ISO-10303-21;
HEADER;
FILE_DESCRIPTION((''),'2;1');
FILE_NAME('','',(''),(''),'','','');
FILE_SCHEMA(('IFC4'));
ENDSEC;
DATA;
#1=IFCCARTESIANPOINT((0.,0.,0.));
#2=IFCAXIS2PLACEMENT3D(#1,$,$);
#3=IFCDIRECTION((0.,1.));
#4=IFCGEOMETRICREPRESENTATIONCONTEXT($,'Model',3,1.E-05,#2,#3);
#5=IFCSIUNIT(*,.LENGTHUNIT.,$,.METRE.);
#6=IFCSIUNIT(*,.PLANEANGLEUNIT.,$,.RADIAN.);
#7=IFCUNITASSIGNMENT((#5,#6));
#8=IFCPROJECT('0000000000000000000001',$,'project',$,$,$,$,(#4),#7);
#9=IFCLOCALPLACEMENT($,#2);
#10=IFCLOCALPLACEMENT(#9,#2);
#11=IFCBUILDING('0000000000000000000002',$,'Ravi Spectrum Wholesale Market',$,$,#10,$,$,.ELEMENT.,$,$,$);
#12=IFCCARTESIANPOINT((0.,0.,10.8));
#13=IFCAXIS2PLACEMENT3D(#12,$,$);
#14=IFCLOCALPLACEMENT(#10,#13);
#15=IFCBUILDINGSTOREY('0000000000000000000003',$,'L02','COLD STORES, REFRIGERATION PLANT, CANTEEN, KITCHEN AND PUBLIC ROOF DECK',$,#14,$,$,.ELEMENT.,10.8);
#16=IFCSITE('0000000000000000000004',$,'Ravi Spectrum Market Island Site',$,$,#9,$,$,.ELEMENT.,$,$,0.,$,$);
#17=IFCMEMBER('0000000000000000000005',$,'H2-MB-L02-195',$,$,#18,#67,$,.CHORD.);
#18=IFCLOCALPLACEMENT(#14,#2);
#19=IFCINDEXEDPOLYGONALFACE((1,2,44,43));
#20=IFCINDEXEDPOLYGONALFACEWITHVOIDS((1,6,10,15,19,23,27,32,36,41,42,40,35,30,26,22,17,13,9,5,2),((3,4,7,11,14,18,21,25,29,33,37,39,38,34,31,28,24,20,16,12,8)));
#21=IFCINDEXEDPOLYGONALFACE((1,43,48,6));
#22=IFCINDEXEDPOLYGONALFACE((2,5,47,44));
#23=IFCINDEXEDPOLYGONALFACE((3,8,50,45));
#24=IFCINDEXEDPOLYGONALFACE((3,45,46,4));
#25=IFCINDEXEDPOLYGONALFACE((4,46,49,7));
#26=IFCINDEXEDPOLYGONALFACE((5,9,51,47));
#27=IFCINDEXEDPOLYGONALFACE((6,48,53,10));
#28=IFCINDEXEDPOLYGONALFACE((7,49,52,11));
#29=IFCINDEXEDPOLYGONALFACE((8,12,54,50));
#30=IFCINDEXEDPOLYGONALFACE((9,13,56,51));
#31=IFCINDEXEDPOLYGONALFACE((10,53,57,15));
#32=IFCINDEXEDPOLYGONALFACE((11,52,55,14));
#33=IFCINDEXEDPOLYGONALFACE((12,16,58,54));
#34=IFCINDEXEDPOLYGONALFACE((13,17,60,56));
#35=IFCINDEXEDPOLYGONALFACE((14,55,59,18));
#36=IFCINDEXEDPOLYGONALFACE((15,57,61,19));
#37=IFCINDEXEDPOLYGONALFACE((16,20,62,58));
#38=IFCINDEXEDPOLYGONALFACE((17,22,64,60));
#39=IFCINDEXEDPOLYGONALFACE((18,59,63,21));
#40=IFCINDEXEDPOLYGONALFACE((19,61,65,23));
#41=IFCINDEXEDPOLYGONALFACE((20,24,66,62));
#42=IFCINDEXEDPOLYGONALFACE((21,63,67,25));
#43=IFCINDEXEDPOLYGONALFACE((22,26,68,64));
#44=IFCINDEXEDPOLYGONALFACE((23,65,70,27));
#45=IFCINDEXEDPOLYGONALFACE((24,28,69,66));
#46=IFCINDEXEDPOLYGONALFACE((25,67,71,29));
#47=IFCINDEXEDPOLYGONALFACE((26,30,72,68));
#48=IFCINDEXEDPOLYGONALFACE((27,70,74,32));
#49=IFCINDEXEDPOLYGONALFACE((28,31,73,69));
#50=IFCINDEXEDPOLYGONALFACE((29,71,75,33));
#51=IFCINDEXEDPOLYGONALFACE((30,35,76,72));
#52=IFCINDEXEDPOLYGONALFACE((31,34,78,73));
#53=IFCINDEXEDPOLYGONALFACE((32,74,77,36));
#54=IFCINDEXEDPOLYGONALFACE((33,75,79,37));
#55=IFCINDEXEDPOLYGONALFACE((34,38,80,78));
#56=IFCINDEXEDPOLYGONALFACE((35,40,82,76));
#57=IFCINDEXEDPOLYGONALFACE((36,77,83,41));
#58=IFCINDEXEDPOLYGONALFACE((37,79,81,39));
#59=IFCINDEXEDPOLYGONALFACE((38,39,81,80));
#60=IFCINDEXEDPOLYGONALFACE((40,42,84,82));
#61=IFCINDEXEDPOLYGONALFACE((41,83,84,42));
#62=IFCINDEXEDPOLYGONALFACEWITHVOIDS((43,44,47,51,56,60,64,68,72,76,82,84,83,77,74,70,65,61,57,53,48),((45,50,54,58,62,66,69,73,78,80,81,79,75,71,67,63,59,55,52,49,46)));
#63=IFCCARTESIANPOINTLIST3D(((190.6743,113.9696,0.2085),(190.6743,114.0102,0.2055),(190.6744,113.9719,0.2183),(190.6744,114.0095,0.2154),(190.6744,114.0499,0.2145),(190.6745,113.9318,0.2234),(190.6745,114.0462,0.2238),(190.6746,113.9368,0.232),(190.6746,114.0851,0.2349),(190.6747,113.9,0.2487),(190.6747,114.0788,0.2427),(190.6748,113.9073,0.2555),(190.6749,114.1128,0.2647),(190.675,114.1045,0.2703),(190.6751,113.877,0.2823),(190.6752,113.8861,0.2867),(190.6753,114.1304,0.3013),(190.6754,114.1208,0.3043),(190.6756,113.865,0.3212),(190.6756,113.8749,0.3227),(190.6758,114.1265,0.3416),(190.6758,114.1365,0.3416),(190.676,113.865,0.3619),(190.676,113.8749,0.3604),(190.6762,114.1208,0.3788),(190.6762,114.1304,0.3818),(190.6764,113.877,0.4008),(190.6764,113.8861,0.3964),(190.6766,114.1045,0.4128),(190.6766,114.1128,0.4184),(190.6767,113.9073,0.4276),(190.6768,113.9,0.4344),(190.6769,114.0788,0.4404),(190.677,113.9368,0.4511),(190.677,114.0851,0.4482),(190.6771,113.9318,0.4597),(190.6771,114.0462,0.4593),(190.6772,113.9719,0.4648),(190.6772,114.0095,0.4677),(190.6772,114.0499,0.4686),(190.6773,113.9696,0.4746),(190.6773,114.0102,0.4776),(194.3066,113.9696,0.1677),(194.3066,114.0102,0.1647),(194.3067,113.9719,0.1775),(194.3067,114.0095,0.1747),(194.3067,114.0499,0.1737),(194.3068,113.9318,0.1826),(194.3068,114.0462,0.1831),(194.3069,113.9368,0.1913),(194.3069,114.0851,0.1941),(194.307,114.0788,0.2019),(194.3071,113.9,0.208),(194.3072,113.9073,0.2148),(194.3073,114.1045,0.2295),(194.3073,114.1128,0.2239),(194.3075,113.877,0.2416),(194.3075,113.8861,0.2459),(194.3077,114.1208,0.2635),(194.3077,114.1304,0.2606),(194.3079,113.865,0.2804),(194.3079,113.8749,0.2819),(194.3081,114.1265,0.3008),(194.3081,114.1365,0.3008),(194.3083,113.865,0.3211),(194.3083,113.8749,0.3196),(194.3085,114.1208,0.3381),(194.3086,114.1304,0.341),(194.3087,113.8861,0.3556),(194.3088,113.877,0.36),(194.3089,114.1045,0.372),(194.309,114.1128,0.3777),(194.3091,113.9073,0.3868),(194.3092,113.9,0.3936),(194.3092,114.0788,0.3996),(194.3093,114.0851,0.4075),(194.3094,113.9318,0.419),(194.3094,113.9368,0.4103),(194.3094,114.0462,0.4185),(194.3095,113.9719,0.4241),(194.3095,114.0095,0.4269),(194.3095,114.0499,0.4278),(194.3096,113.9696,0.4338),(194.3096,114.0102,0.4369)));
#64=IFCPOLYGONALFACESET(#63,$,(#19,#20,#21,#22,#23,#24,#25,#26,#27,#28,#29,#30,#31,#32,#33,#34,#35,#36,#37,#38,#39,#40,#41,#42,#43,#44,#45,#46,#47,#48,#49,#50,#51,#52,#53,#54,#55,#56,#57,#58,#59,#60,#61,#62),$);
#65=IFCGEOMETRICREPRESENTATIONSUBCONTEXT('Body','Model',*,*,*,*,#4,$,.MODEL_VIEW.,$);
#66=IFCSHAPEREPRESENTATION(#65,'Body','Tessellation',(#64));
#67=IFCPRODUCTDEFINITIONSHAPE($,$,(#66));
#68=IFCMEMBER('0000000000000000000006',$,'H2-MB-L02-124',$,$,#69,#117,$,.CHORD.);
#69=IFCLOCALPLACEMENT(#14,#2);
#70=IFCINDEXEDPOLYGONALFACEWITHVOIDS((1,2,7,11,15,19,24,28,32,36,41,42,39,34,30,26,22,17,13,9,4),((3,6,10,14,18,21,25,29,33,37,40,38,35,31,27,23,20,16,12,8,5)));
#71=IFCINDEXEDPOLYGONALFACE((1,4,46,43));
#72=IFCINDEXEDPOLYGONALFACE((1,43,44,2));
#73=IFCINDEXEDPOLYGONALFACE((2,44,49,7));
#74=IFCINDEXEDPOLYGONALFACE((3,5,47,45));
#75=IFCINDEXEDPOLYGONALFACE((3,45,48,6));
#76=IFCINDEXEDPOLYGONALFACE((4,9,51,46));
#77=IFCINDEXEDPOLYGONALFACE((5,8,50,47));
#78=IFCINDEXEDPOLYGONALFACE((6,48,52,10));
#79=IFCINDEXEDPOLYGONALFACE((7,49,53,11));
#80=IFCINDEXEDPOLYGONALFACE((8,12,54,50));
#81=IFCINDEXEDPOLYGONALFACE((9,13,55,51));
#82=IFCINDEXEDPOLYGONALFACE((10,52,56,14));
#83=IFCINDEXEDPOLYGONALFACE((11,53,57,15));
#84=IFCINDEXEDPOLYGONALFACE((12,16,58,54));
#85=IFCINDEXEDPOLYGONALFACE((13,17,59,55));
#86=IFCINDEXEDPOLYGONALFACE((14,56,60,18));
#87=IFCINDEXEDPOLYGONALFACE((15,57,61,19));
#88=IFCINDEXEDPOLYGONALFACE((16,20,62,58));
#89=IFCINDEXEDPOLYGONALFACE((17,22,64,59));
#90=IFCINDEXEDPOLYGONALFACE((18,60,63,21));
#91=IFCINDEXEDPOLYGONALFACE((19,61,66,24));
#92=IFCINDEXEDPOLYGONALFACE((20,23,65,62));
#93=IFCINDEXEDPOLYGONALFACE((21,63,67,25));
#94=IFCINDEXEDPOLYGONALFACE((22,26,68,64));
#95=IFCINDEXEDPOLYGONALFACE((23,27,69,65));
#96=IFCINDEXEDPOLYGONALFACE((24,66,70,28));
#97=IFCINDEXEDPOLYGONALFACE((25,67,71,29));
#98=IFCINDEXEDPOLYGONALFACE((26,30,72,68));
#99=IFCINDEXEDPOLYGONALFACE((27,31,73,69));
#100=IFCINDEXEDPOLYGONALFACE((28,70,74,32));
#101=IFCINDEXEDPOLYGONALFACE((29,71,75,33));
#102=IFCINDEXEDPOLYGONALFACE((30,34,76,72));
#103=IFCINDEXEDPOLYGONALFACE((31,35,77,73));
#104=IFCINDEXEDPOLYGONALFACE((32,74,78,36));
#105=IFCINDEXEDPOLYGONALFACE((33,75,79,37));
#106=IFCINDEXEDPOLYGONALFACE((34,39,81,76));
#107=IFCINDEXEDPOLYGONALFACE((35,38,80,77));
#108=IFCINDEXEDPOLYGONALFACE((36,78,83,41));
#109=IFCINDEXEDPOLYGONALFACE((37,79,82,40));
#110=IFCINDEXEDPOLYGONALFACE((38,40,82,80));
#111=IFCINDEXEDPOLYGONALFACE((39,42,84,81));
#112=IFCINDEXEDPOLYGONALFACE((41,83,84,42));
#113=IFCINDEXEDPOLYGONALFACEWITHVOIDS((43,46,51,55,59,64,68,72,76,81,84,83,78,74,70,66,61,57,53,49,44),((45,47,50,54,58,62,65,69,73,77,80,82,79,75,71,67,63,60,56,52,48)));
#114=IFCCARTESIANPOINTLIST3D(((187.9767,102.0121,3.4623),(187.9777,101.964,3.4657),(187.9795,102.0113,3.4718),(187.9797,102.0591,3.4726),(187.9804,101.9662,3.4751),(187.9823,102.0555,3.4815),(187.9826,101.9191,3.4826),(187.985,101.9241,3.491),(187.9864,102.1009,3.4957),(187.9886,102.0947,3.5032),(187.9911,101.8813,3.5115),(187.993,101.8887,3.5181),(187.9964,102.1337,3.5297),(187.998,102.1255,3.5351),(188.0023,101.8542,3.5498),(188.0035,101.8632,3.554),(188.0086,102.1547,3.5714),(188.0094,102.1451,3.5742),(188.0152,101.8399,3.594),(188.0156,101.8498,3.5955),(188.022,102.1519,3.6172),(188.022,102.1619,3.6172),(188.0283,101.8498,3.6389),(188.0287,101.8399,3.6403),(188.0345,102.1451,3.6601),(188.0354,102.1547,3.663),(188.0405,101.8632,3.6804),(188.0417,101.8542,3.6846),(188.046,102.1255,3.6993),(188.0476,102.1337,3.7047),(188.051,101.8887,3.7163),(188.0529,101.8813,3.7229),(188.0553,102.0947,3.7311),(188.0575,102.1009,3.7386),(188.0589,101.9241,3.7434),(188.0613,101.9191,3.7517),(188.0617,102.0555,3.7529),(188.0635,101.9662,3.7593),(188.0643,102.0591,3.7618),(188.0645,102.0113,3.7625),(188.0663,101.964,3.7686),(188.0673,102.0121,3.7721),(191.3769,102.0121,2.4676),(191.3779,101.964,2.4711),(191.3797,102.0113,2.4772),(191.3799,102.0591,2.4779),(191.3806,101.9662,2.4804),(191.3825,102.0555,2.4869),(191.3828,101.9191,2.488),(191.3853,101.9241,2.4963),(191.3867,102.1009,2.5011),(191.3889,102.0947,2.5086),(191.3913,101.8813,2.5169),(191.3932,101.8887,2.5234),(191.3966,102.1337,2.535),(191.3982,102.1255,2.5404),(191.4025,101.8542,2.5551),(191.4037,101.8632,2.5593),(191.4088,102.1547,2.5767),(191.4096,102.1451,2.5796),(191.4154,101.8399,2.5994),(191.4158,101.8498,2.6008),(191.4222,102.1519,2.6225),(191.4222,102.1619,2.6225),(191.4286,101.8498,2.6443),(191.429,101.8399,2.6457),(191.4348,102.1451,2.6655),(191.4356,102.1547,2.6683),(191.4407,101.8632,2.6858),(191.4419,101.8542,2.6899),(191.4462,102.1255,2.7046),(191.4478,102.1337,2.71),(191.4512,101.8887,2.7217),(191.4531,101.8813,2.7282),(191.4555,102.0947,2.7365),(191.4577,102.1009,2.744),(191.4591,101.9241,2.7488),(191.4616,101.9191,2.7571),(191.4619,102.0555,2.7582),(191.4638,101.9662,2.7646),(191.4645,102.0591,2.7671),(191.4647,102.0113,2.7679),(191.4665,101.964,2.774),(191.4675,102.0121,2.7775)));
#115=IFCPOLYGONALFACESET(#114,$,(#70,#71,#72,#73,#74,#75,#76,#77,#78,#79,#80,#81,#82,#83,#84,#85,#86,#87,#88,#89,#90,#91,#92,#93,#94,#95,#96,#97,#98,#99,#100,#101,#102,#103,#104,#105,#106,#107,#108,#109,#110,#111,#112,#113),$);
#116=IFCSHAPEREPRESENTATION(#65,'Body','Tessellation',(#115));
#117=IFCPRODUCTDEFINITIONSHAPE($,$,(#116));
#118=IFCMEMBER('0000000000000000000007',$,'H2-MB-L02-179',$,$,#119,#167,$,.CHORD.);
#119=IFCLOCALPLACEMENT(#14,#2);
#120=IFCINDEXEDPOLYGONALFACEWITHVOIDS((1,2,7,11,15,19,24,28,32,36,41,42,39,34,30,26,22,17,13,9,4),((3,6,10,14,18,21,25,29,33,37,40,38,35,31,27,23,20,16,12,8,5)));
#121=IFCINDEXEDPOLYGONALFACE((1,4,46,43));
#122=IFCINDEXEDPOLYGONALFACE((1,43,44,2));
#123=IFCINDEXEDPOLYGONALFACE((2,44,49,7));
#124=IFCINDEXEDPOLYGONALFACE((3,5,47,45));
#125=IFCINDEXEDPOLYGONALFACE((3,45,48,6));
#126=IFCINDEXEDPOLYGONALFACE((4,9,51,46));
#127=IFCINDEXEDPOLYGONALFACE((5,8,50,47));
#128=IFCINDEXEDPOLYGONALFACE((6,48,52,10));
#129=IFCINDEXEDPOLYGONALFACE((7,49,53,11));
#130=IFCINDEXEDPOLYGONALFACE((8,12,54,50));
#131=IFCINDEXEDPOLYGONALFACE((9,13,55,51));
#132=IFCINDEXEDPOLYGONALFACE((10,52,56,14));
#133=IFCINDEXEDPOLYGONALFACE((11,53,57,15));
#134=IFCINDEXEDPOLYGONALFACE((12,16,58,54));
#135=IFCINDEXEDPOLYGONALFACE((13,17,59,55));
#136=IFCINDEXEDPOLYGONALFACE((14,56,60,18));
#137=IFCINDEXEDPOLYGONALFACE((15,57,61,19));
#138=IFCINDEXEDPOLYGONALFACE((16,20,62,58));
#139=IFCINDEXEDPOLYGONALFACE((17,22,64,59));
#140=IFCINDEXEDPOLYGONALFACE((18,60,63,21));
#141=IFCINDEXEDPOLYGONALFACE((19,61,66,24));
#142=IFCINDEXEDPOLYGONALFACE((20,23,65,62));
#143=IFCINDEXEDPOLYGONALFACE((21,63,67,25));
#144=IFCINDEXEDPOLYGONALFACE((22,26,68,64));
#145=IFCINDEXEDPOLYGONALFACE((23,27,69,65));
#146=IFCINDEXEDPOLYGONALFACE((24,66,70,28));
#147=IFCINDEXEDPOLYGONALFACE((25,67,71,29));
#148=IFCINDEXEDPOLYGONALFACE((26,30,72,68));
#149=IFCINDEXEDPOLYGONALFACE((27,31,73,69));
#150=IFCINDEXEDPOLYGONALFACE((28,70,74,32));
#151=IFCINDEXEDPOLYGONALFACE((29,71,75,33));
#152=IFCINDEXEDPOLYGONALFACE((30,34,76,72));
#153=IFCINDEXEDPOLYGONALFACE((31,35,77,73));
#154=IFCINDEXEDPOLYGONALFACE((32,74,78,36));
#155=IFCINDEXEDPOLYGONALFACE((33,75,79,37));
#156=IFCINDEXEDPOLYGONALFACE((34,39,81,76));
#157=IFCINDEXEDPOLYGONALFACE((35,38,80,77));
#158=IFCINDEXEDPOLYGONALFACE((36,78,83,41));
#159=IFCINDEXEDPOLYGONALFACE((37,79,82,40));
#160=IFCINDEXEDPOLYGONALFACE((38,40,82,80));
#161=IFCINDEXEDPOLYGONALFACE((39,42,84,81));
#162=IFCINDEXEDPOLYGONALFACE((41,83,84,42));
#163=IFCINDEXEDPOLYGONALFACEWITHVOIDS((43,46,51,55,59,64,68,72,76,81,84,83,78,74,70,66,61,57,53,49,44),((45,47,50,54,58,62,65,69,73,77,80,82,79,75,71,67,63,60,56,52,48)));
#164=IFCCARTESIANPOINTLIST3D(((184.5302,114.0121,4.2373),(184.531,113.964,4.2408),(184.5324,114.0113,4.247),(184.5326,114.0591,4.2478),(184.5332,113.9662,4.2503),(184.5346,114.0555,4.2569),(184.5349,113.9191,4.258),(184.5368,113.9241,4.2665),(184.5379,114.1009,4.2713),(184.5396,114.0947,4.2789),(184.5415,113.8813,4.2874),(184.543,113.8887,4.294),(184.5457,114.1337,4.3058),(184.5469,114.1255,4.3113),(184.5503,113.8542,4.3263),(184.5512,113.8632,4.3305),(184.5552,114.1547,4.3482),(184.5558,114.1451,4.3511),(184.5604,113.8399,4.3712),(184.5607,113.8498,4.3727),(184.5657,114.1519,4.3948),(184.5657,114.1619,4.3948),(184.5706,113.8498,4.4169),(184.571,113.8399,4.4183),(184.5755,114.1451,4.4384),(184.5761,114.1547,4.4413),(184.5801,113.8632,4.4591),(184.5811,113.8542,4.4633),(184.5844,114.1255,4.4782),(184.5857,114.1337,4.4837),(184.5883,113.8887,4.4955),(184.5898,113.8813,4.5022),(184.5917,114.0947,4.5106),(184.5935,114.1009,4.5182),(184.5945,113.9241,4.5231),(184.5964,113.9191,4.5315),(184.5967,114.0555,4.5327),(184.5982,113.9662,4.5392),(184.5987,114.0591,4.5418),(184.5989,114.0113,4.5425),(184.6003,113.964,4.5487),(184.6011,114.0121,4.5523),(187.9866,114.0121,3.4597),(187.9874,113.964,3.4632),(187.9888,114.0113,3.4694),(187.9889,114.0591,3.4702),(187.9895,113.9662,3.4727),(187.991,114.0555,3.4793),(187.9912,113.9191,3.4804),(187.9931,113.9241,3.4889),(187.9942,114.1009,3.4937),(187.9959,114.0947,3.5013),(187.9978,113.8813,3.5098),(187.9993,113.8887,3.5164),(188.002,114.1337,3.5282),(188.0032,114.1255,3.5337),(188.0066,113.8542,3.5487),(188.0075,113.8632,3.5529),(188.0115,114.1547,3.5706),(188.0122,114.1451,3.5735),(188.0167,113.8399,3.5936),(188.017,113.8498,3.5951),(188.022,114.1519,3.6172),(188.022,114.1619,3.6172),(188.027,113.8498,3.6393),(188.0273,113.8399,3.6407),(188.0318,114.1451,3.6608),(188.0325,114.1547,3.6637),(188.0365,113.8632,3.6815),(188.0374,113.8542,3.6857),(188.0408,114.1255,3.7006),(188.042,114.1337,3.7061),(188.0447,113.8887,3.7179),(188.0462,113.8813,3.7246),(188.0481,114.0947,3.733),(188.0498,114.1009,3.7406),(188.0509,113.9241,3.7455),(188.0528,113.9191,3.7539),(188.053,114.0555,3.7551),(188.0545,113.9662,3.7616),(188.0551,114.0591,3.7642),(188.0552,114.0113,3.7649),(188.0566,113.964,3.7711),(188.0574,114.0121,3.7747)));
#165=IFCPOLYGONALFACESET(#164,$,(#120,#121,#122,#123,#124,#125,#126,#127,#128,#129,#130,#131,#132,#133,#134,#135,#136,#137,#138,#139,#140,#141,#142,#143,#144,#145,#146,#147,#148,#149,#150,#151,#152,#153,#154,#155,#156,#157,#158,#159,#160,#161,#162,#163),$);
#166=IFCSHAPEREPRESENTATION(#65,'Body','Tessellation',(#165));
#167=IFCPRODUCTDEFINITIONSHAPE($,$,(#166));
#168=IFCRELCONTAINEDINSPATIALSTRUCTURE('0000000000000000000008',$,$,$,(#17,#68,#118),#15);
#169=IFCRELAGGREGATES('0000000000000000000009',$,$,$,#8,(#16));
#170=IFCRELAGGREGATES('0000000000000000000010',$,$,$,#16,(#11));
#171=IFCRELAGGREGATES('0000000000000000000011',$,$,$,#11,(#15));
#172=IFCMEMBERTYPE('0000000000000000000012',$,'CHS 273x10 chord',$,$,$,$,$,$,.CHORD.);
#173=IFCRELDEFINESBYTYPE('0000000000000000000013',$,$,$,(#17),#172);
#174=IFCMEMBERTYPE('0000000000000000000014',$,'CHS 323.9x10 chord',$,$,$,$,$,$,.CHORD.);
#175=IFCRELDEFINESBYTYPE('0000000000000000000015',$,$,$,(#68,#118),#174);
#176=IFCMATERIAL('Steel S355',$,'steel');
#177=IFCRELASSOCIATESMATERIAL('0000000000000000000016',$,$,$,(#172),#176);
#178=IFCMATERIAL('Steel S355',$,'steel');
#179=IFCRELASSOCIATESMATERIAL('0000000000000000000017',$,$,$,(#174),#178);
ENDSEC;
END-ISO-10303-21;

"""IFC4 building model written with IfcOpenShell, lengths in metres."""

from ifc_helpers import new_model, si_unit, direction, frame, origin, origin_2d, place, context, subcontext, project, spatial, hollow_circle, extrude, material, material_profile, profile_set, type_object, element, save


model = new_model("IFC4")

# Units and contexts
model_context = context("Model", 3, precision=1e-05, world=origin(), true_north=direction((0.0, 1.0)))
body_context = subcontext(model_context, "Body", "Model", "MODEL_VIEW")
ifc_project = project(units=[si_unit("LENGTHUNIT", "METRE"), si_unit("PLANEANGLEUNIT", "RADIAN")], contexts=[model_context])

# Site, building, storey
site_placement = place(None, origin())
site = spatial("IfcSite", under=ifc_project, at=site_placement, Name="Ravi Spectrum Market Island Site", CompositionType="ELEMENT", RefElevation=0.0)
building_placement = place(site_placement, origin())
building = spatial("IfcBuilding", under=site, at=building_placement, Name="Ravi Spectrum Wholesale Market", CompositionType="ELEMENT")
storey_placement = place(building_placement, frame((0.0, 0.0, 10.8)))
storey = spatial("IfcBuildingStorey", under=building, at=storey_placement, Name="L02", Description="COLD STORES, REFRIGERATION PLANT, CANTEEN, KITCHEN AND PUBLIC ROOF DECK", CompositionType="ELEMENT", Elevation=10.8)

# Members
ifc_material_1 = material(Name="Steel S355", Category="steel")
ifc_material_profile_1 = material_profile(ifc_material_1, hollow_circle(Radius=0.1365, WallThickness=0.01, at=origin_2d()))
ifc_profile_set_1 = profile_set([ifc_material_profile_1], Name="Steel S355")
member_type_1 = type_object("IfcMemberType", Name="CHS 273x10 chord", PredefinedType="CHORD", material=ifc_profile_set_1)
member_1_placement = place(storey_placement, frame((190.6758, 114.0, 0.3416), z_axis=(0.999937, 0.0, -0.011224), x_axis=(0.0, 1.0, 0.0)))
element("IfcMember", 1, at=member_1_placement, inside=storey, type_object=member_type_1, Name="H2-MB-L02-195", PredefinedType="CHORD", context=body_context, shape_type="SweptSolid", body=[
    extrude(hollow_circle(Radius=0.1365, WallThickness=0.01, at=origin_2d()), origin(), (0.0, 0.0, 1.0), 3.6326),
])
ifc_material_2 = material(Name="Steel S355", Category="steel")
ifc_material_profile_2 = material_profile(ifc_material_2, hollow_circle(Radius=0.1619, WallThickness=0.01, at=origin_2d()))
ifc_profile_set_2 = profile_set([ifc_material_profile_2], Name="Steel S355")
member_type_2 = type_object("IfcMemberType", Name="CHS 323.9x10 chord", PredefinedType="CHORD", material=ifc_profile_set_2)
for number, where, z_axis, x_axis, name in (
    (2, (188.022, 102.0, 3.6172), (0.959778, 0.0, -0.280759), (0.0, 1.0, 0.0), "H2-MB-L02-124"),
    (3, (184.5657, 114.0, 4.3948), (0.975615, 0.0, -0.219491), (0.0, 1.0, 0.0), "H2-MB-L02-179"),
):
    element("IfcMember", number, at=place(storey_placement, frame(where, z_axis=z_axis, x_axis=x_axis)), inside=storey, type_object=member_type_2, Name=name, PredefinedType="CHORD", context=body_context, shape_type="SweptSolid", body=[
        extrude(hollow_circle(Radius=0.1619, WallThickness=0.01, at=origin_2d()), origin(), (0.0, 0.0, 1.0), 3.5427),
    ])

save(model, "model.ifc")
